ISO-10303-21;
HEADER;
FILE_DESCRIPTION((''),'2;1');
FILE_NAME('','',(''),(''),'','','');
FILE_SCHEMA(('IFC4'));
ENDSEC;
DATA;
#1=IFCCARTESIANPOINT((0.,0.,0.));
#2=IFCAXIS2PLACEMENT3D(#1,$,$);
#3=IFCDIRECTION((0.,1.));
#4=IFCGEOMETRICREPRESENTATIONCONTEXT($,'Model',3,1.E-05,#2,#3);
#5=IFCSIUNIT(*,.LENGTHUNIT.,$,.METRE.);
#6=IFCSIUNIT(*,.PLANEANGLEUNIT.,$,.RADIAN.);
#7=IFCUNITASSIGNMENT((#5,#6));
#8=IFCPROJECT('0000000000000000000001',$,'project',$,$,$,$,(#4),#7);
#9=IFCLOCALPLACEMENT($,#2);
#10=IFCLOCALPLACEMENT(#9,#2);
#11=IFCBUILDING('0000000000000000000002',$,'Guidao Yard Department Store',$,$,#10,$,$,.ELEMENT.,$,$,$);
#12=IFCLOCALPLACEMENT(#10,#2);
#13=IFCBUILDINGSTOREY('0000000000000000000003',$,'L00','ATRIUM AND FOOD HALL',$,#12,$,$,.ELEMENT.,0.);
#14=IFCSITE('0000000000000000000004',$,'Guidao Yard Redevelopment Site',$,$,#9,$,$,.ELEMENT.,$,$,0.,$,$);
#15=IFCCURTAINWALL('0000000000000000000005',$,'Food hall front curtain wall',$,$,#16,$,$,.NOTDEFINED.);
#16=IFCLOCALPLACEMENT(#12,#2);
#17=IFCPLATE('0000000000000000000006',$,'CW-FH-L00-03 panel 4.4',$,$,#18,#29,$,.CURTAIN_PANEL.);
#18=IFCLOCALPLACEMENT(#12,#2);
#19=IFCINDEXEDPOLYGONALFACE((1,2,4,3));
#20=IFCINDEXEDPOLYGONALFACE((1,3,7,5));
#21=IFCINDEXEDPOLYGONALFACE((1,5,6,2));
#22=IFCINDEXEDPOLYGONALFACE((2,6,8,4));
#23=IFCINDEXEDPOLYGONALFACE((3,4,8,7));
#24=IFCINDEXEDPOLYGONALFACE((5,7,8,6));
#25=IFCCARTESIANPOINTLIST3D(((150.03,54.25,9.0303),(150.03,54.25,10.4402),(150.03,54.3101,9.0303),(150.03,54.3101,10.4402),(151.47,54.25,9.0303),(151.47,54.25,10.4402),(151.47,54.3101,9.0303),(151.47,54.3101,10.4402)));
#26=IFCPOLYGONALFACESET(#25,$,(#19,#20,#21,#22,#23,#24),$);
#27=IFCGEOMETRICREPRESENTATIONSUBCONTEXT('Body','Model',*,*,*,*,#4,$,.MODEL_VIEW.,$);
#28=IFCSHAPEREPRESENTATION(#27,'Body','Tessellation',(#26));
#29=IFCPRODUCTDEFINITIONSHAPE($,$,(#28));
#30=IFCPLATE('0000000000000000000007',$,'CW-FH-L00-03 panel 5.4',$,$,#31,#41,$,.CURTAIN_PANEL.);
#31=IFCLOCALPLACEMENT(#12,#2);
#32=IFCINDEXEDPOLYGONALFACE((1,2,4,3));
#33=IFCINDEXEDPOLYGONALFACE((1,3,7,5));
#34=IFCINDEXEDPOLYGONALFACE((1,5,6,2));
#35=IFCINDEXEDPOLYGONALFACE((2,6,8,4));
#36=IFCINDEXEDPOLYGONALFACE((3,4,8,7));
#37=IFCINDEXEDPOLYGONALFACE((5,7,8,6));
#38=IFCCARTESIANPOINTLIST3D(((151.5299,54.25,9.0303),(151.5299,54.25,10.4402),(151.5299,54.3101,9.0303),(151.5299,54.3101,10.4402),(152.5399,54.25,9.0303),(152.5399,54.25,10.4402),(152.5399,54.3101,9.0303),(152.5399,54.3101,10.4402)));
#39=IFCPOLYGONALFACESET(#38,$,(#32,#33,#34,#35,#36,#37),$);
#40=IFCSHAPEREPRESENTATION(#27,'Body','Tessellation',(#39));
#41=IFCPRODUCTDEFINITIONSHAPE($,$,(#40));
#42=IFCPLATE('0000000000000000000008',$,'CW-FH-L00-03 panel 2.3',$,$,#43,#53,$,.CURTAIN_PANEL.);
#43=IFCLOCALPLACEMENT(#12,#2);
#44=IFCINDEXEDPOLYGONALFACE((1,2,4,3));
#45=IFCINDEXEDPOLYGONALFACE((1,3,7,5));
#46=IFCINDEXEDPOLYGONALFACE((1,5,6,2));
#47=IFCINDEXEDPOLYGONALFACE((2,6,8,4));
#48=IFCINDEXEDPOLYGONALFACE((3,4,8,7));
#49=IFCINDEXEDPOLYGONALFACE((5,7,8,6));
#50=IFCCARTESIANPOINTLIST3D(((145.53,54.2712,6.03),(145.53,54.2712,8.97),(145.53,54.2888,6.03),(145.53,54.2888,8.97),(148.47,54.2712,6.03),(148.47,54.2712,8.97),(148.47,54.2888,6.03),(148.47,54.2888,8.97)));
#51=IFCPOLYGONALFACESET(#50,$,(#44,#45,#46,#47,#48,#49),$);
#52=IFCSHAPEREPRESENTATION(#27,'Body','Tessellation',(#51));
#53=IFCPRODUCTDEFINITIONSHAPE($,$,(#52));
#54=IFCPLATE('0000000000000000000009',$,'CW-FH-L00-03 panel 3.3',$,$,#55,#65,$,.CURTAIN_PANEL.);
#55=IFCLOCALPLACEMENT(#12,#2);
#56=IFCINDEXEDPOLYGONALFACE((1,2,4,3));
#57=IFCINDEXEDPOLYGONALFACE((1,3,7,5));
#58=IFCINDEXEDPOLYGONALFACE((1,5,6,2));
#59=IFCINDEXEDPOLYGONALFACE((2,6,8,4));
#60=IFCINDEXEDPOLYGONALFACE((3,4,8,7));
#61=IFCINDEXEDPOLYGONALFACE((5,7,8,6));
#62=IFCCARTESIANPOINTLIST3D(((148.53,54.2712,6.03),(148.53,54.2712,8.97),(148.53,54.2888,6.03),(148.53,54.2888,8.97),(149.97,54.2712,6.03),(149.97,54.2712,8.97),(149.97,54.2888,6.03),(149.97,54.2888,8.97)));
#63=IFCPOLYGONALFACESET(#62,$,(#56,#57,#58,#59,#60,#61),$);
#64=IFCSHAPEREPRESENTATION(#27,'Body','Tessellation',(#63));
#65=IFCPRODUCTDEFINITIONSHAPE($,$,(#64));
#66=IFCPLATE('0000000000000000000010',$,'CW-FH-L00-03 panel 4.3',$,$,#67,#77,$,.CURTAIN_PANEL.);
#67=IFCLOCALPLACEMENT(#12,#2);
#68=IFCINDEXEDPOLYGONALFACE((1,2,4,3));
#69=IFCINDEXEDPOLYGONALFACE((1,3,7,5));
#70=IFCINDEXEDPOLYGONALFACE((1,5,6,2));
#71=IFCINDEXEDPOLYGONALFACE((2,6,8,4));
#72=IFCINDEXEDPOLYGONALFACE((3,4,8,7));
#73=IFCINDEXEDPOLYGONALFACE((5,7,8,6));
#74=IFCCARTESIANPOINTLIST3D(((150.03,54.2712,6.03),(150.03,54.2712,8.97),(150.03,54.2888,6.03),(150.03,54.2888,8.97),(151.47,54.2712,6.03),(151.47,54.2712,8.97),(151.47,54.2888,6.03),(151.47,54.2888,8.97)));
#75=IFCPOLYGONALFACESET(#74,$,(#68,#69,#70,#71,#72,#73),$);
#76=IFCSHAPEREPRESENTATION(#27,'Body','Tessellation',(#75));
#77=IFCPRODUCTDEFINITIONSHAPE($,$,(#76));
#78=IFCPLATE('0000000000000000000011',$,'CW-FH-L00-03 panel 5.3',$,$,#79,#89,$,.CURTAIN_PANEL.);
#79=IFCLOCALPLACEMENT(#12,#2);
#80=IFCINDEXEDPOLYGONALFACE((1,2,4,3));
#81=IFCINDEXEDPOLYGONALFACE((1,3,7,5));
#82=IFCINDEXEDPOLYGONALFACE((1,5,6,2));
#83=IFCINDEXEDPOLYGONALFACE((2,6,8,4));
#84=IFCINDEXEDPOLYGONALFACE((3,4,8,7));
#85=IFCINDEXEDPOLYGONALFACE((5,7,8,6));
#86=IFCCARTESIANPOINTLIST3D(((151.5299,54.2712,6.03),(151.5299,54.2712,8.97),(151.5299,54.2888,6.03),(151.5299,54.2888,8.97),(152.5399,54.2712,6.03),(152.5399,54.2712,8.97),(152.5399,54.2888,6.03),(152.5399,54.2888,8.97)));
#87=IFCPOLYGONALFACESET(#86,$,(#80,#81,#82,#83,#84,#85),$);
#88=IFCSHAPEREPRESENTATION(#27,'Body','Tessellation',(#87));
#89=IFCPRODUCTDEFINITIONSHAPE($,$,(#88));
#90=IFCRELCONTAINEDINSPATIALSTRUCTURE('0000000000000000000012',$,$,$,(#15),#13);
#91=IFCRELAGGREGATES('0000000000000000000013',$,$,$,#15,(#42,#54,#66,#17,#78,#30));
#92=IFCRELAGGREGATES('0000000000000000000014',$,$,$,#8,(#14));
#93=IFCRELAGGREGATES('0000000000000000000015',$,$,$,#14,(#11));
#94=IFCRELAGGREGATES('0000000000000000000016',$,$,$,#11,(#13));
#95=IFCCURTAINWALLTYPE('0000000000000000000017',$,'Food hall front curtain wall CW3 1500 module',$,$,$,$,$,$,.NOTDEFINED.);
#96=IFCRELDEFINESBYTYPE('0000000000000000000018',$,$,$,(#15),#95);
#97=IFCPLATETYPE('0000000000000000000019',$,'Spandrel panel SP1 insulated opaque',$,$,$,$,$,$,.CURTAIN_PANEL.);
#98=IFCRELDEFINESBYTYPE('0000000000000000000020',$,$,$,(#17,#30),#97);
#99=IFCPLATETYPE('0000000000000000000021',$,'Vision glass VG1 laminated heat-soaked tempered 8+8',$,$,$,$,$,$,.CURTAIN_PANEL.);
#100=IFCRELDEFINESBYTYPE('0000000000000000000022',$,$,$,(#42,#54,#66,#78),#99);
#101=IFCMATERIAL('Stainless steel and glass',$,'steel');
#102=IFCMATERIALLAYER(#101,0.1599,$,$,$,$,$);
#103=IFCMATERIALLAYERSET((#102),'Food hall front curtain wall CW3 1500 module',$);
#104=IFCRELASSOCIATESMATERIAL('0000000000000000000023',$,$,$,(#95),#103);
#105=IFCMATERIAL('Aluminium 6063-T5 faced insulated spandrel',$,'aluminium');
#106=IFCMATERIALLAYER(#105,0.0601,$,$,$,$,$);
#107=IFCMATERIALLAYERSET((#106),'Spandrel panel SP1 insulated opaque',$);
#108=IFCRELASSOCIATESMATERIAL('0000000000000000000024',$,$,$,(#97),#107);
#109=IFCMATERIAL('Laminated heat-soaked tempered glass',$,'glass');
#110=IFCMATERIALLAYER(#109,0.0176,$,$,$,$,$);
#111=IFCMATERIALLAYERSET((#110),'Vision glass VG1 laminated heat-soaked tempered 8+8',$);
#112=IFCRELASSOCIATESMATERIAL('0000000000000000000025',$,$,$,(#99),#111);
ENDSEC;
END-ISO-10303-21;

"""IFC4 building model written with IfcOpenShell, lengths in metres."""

from ifc_helpers import new_model, si_unit, direction, frame, origin, origin_2d, place, context, subcontext, project, spatial, rectangle, extrude, material, layer, layer_set, type_object, element, aggregate, save


model = new_model("IFC4")

# Units and contexts
model_context = context("Model", 3, precision=1e-05, world=origin(), true_north=direction((0.0, 1.0)))
body_context = subcontext(model_context, "Body", "Model", "MODEL_VIEW")
ifc_project = project(units=[si_unit("LENGTHUNIT", "METRE"), si_unit("PLANEANGLEUNIT", "RADIAN")], contexts=[model_context])

# Site, building, storey
site_placement = place(None, origin())
site = spatial("IfcSite", under=ifc_project, at=site_placement, Name="Guidao Yard Redevelopment Site", CompositionType="ELEMENT", RefElevation=0.0)
building_placement = place(site_placement, origin())
building = spatial("IfcBuilding", under=site, at=building_placement, Name="Guidao Yard Department Store", CompositionType="ELEMENT")
storey_placement = place(building_placement, origin())
storey = spatial("IfcBuildingStorey", under=building, at=storey_placement, Name="L00", Description="ATRIUM AND FOOD HALL", CompositionType="ELEMENT", Elevation=0.0)

# Curtain wall, plates
ifc_material_1 = material(Name="Stainless steel and glass", Category="steel")
ifc_layer_1 = layer(ifc_material_1, 0.1599)
ifc_layer_set_1 = layer_set([ifc_layer_1], Name="Food hall front curtain wall CW3 1500 module")
curtain_wall_type = type_object("IfcCurtainWallType", Name="Food hall front curtain wall CW3 1500 module", PredefinedType="NOTDEFINED", material=ifc_layer_set_1)
curtain_wall_placement = place(storey_placement, origin())
curtain_wall = element("IfcCurtainWall", 1, at=curtain_wall_placement, inside=storey, type_object=curtain_wall_type, Name="Food hall front curtain wall", PredefinedType="NOTDEFINED")
ifc_material_2 = material(Name="Aluminium 6063-T5 faced insulated spandrel", Category="aluminium")
ifc_layer_2 = layer(ifc_material_2, 0.0601)
ifc_layer_set_2 = layer_set([ifc_layer_2], Name="Spandrel panel SP1 insulated opaque")
plate_type_1 = type_object("IfcPlateType", Name="Spandrel panel SP1 insulated opaque", PredefinedType="CURTAIN_PANEL", material=ifc_layer_set_2)
plate_1_placement = place(storey_placement, frame((150.75, 54.28, 9.0303), z_axis=(0.0, 0.0, 1.0), x_axis=(-1.0, 0.0, 0.0)))
plate_1 = element("IfcPlate", 2, at=plate_1_placement, type_object=plate_type_1, Name="CW-FH-L00-03 panel 4.4", PredefinedType="CURTAIN_PANEL", context=body_context, shape_type="SweptSolid", body=[
    extrude(rectangle(XDim=1.4399, YDim=0.0601, at=origin_2d()), origin(), (0.0, 0.0, 1.0), 1.4099),
])
plate_2_placement = place(storey_placement, frame((152.0349, 54.28, 9.0303), z_axis=(0.0, 0.0, 1.0), x_axis=(-1.0, 0.0, 0.0)))
plate_2 = element("IfcPlate", 3, at=plate_2_placement, type_object=plate_type_1, Name="CW-FH-L00-03 panel 5.4", PredefinedType="CURTAIN_PANEL", context=body_context, shape_type="SweptSolid", body=[
    extrude(rectangle(XDim=1.01, YDim=0.0601, at=origin_2d()), origin(), (0.0, 0.0, 1.0), 1.4099),
])
ifc_material_3 = material(Name="Laminated heat-soaked tempered glass", Category="glass")
ifc_layer_3 = layer(ifc_material_3, 0.0176)
ifc_layer_set_3 = layer_set([ifc_layer_3], Name="Vision glass VG1 laminated heat-soaked tempered 8+8")
plate_type_2 = type_object("IfcPlateType", Name="Vision glass VG1 laminated heat-soaked tempered 8+8", PredefinedType="CURTAIN_PANEL", material=ifc_layer_set_3)
plate_3_placement = place(storey_placement, frame((147.0, 54.28, 6.03), z_axis=(0.0, 0.0, 1.0), x_axis=(-1.0, 0.0, 0.0)))
plate_3 = element("IfcPlate", 4, at=plate_3_placement, type_object=plate_type_2, Name="CW-FH-L00-03 panel 2.3", PredefinedType="CURTAIN_PANEL", context=body_context, shape_type="SweptSolid", body=[
    extrude(rectangle(XDim=2.9399, YDim=0.0176, at=origin_2d()), origin(), (0.0, 0.0, 1.0), 2.9399),
])
plate_4_placement = place(storey_placement, frame((149.25, 54.28, 6.03), z_axis=(0.0, 0.0, 1.0), x_axis=(-1.0, 0.0, 0.0)))
plate_4 = element("IfcPlate", 5, at=plate_4_placement, type_object=plate_type_2, Name="CW-FH-L00-03 panel 3.3", PredefinedType="CURTAIN_PANEL", context=body_context, shape_type="SweptSolid", body=[
    extrude(rectangle(XDim=1.4399, YDim=0.0176, at=origin_2d()), origin(), (0.0, 0.0, 1.0), 2.9399),
])
plate_5_placement = place(storey_placement, frame((150.75, 54.28, 6.03), z_axis=(0.0, 0.0, 1.0), x_axis=(-1.0, 0.0, 0.0)))
plate_5 = element("IfcPlate", 6, at=plate_5_placement, type_object=plate_type_2, Name="CW-FH-L00-03 panel 4.3", PredefinedType="CURTAIN_PANEL", context=body_context, shape_type="SweptSolid", body=[
    extrude(rectangle(XDim=1.4399, YDim=0.0176, at=origin_2d()), origin(), (0.0, 0.0, 1.0), 2.9399),
])
plate_6_placement = place(storey_placement, frame((152.0349, 54.28, 6.03), z_axis=(0.0, 0.0, 1.0), x_axis=(-1.0, 0.0, 0.0)))
plate_6 = element("IfcPlate", 7, at=plate_6_placement, type_object=plate_type_2, Name="CW-FH-L00-03 panel 5.3", PredefinedType="CURTAIN_PANEL", context=body_context, shape_type="SweptSolid", body=[
    extrude(rectangle(XDim=1.01, YDim=0.0176, at=origin_2d()), origin(), (0.0, 0.0, 1.0), 2.9399),
])
aggregate(curtain_wall, [plate_3, plate_4, plate_5, plate_1, plate_6, plate_2])

save(model, "model.ifc")
